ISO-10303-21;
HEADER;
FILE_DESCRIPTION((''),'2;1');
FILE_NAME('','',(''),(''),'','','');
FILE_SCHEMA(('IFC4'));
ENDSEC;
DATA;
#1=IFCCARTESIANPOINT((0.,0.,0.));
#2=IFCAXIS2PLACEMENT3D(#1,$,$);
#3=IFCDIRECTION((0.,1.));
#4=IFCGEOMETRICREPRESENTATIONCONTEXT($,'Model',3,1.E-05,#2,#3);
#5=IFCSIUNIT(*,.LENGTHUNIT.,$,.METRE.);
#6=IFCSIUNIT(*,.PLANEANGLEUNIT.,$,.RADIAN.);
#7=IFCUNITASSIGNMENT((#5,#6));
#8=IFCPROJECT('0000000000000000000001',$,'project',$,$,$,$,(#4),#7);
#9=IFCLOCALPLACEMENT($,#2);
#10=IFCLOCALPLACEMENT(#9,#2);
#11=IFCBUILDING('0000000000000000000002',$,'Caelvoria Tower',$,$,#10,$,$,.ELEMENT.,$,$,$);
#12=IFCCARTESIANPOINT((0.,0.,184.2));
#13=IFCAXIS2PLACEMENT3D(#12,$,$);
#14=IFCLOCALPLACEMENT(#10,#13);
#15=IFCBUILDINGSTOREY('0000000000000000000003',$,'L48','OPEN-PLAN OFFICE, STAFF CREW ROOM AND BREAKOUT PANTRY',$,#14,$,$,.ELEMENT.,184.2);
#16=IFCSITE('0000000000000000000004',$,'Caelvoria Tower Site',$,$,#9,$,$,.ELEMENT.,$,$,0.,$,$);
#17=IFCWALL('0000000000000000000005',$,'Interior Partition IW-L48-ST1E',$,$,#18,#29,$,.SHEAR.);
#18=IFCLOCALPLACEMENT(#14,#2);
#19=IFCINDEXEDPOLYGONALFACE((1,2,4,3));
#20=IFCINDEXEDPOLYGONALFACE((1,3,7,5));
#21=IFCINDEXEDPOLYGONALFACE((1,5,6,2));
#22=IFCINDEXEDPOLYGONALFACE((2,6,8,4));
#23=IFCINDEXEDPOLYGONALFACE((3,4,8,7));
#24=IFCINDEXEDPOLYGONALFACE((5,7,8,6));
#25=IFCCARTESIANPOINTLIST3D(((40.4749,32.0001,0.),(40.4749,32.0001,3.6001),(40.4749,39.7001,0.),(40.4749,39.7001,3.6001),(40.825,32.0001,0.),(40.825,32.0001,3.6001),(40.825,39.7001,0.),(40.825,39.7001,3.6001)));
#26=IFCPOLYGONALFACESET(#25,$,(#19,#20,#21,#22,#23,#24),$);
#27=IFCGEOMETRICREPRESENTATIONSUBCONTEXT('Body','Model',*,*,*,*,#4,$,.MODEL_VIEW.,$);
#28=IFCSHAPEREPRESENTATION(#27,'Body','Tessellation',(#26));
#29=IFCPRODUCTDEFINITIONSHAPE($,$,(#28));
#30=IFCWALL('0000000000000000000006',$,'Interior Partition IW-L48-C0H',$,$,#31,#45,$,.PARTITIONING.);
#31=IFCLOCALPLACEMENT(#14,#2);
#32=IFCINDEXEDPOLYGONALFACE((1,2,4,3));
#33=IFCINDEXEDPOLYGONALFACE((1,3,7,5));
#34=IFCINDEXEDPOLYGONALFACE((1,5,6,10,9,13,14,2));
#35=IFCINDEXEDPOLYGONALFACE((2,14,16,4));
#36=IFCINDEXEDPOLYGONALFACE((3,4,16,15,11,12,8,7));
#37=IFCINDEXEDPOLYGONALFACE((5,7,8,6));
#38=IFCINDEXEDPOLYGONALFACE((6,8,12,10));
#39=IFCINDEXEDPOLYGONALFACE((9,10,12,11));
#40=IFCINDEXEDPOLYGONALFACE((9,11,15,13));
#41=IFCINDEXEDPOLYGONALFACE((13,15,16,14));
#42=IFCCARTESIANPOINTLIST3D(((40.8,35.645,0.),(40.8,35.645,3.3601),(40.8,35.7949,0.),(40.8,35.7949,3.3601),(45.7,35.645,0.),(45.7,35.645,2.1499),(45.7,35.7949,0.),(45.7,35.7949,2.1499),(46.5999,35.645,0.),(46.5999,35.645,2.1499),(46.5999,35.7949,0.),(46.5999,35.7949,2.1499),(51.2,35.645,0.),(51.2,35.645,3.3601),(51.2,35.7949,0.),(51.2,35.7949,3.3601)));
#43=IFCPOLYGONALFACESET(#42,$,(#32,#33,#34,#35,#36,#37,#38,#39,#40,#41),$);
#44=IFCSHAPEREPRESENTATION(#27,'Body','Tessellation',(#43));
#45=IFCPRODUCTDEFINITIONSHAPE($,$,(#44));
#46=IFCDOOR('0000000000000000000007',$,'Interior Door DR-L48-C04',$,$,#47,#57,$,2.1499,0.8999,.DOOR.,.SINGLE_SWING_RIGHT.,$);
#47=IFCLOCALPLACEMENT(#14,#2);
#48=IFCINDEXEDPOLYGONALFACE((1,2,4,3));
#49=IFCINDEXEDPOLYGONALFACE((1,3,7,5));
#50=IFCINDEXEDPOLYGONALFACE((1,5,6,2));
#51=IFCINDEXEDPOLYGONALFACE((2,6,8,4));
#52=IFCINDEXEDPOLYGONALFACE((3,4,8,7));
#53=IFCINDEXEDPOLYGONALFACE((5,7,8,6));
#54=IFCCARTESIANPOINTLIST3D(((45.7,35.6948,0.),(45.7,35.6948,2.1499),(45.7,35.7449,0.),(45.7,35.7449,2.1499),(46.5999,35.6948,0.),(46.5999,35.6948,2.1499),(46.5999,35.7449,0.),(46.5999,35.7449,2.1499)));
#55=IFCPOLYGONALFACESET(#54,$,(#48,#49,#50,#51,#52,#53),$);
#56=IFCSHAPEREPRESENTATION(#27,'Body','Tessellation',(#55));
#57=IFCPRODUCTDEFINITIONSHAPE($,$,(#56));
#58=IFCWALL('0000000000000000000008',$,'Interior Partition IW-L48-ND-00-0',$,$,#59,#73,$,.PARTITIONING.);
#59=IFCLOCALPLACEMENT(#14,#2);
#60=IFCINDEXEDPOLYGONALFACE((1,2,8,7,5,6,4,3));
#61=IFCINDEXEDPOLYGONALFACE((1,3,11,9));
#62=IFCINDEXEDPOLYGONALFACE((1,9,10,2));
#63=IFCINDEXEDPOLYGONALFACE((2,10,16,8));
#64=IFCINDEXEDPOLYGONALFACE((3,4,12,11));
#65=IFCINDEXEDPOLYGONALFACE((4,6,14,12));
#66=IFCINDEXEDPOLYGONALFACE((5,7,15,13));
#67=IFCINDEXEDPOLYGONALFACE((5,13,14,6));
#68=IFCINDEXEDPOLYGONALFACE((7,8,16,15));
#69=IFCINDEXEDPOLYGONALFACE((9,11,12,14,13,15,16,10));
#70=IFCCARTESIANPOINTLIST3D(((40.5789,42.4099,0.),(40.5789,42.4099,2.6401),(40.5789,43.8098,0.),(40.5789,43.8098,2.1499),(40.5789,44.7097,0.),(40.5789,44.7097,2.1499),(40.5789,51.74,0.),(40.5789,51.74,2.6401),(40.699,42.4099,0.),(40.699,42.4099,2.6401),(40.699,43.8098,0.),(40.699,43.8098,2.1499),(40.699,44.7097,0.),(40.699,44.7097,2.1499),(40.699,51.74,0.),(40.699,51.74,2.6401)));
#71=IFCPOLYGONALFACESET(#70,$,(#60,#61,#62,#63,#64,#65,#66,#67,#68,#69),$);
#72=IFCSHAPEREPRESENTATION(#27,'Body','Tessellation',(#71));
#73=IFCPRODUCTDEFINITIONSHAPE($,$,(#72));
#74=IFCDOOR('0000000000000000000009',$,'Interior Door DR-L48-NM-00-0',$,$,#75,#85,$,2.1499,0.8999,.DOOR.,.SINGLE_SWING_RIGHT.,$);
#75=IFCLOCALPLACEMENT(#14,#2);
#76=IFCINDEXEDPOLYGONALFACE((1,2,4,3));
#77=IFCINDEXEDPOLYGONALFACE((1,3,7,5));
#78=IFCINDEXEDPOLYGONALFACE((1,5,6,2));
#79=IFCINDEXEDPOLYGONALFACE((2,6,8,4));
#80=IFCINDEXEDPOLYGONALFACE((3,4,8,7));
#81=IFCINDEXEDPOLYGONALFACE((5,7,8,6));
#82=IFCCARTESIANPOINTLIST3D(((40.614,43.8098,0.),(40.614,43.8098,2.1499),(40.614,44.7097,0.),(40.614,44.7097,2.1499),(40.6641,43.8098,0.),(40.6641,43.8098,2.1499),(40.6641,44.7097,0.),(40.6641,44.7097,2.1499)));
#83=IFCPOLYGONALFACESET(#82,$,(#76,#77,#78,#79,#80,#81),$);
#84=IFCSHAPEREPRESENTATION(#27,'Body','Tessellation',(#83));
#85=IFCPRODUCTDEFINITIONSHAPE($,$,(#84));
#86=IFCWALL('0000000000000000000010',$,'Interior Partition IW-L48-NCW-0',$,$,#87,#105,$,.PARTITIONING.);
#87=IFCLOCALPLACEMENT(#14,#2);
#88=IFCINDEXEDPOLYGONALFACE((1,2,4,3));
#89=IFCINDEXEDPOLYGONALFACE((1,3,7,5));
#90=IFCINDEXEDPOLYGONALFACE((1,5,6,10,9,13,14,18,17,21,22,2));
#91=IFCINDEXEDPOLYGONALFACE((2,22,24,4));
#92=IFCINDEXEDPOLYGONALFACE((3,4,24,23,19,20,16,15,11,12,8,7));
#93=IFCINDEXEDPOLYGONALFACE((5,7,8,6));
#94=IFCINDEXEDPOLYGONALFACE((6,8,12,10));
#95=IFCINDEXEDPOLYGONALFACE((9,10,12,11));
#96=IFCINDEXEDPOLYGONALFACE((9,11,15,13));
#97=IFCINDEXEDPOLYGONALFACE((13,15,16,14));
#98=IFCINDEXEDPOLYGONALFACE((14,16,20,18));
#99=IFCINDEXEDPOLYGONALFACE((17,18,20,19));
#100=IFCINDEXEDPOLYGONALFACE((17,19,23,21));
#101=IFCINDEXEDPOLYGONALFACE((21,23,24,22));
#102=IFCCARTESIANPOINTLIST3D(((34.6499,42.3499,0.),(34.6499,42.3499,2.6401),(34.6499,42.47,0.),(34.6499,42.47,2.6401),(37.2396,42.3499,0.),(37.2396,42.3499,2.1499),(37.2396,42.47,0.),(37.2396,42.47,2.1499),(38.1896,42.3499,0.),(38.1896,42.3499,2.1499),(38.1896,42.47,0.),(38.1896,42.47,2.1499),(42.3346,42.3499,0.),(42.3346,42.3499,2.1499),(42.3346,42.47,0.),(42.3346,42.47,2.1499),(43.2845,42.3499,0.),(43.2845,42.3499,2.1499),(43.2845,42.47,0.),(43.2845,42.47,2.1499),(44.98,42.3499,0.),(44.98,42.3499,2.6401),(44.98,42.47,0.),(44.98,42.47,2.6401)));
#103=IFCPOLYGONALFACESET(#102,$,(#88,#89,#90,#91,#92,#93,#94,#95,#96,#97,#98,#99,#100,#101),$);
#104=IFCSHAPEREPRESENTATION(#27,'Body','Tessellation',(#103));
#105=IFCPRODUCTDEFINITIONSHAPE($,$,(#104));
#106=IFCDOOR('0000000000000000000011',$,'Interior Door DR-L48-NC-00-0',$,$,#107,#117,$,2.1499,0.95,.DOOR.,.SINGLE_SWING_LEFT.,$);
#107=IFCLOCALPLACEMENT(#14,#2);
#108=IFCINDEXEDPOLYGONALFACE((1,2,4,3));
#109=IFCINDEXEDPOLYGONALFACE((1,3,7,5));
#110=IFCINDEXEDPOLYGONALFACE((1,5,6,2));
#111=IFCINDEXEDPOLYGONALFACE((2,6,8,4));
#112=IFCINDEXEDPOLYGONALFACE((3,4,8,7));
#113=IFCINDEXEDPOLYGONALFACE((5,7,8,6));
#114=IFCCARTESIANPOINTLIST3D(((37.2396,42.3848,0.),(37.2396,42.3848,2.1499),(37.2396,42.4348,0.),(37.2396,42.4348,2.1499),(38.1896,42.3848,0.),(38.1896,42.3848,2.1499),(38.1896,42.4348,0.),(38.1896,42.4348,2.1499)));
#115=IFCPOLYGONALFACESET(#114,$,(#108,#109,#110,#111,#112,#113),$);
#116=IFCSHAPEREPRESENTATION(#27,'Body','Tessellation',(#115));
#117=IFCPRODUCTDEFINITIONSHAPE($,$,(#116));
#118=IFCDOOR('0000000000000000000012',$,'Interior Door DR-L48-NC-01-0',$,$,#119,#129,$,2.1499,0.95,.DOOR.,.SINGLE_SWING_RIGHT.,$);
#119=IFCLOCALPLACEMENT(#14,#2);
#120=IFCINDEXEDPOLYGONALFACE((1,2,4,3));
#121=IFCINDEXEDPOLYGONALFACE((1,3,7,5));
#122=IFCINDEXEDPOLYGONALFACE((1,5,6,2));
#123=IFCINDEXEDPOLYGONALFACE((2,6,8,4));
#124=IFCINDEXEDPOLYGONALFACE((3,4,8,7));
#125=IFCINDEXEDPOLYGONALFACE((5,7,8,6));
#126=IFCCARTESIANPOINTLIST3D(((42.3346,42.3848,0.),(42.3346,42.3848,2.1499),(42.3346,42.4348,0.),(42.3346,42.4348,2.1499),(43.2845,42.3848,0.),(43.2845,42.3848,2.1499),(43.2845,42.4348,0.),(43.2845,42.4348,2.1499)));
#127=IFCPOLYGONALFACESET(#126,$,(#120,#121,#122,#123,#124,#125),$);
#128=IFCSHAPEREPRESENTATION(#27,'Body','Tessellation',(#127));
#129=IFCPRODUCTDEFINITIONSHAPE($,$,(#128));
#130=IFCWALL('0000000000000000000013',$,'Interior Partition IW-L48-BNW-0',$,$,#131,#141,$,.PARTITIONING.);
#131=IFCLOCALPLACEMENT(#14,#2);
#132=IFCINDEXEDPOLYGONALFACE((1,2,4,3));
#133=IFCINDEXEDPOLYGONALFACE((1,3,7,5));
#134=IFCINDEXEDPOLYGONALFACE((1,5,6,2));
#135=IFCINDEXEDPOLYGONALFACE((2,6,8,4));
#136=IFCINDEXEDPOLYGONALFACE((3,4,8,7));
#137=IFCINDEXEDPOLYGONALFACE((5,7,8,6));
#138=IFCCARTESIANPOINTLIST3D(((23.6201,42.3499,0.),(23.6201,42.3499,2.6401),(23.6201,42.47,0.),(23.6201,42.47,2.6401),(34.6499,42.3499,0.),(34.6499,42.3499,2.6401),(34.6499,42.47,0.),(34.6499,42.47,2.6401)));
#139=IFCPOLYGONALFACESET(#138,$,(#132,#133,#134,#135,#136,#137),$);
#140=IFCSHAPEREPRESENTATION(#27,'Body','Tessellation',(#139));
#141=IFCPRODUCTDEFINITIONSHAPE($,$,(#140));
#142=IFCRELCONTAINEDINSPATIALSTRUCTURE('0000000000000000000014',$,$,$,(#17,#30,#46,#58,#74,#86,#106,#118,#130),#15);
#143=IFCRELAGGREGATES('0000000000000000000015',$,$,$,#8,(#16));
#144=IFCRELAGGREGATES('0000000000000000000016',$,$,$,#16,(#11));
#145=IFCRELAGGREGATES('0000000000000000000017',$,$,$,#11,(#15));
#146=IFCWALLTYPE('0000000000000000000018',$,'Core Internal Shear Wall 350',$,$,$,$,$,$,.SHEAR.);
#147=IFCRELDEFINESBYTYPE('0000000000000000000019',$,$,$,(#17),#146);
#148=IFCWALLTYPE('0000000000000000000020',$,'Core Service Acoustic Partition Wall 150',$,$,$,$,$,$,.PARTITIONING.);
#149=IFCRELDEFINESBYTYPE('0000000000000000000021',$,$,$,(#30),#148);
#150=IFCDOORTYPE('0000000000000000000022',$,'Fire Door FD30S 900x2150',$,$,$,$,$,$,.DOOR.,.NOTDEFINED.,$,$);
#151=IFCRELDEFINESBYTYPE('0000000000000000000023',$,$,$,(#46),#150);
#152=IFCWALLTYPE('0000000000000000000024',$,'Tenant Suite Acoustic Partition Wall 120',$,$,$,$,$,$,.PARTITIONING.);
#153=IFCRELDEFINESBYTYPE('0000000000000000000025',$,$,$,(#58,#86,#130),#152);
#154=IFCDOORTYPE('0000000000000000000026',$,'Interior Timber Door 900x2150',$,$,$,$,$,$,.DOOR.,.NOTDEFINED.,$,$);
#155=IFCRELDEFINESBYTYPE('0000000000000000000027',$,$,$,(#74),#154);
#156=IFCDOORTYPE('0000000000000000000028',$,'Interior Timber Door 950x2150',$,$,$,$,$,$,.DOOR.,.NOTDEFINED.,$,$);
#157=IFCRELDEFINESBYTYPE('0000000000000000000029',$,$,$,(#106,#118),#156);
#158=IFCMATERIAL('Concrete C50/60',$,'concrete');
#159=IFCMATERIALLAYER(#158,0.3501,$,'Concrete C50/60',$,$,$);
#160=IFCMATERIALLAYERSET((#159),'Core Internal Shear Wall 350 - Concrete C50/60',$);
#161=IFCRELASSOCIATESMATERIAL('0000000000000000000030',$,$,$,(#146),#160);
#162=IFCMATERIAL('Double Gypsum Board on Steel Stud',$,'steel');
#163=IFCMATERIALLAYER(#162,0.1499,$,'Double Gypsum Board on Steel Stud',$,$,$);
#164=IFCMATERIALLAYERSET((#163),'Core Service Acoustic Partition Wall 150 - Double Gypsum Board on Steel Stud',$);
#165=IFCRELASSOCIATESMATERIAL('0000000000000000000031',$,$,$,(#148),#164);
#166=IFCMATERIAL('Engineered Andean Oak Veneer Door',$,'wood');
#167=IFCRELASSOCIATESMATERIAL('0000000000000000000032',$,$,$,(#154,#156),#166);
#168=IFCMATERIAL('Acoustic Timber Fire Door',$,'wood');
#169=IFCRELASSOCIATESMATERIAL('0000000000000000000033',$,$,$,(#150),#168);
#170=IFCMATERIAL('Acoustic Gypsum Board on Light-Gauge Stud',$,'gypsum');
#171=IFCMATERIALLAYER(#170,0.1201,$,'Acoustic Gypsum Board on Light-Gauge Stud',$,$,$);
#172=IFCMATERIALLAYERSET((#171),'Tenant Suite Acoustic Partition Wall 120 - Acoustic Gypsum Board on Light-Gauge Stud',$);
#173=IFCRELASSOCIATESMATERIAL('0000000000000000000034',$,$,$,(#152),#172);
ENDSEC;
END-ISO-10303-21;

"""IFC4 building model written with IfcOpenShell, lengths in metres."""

from ifc_helpers import new_model, si_unit, direction, frame, frame_2d, origin, place, context, subcontext, project, spatial, rectangle, extrude, material, layer, layer_set, type_object, element, fill, save


model = new_model("IFC4")

# Units and contexts
model_context = context("Model", 3, precision=1e-05, world=origin(), true_north=direction((0.0, 1.0)))
body_context = subcontext(model_context, "Body", "Model", "MODEL_VIEW")
ifc_project = project(units=[si_unit("LENGTHUNIT", "METRE"), si_unit("PLANEANGLEUNIT", "RADIAN")], contexts=[model_context])

# Site, building, storey
site_placement = place(None, origin())
site = spatial("IfcSite", under=ifc_project, at=site_placement, Name="Caelvoria Tower Site", CompositionType="ELEMENT", RefElevation=0.0)
building_placement = place(site_placement, origin())
building = spatial("IfcBuilding", under=site, at=building_placement, Name="Caelvoria Tower", CompositionType="ELEMENT")
storey_placement = place(building_placement, frame((0.0, 0.0, 184.2)))
storey = spatial("IfcBuildingStorey", under=building, at=storey_placement, Name="L48", Description="OPEN-PLAN OFFICE, STAFF CREW ROOM AND BREAKOUT PANTRY", CompositionType="ELEMENT", Elevation=184.2)

# Wall
ifc_material_1 = material(Name="Concrete C50/60", Category="concrete")
ifc_layer_1 = layer(ifc_material_1, 0.3501, Name="Concrete C50/60")
ifc_layer_set_1 = layer_set([ifc_layer_1], Name="Core Internal Shear Wall 350 - Concrete C50/60")
wall_type_1 = type_object("IfcWallType", Name="Core Internal Shear Wall 350", PredefinedType="SHEAR", material=ifc_layer_set_1)
wall_1_placement = place(storey_placement, frame((40.6499, 32.0, 0.0), z_axis=(0.0, 0.0, 1.0), x_axis=(0.0, 1.0, 0.0)))
element("IfcWall", 1, at=wall_1_placement, inside=storey, type_object=wall_type_1, Name="Interior Partition IW-L48-ST1E", PredefinedType="SHEAR", context=body_context, shape_type="SweptSolid", body=[
    extrude(rectangle(XDim=7.7, YDim=0.3501, at=frame_2d((3.8501, 0.0))), origin(), (0.0, 0.0, 1.0), 3.6001),
])

# Walls, openings, doors
ifc_material_2 = material(Name="Double Gypsum Board on Steel Stud", Category="steel")
ifc_layer_2 = layer(ifc_material_2, 0.1499, Name="Double Gypsum Board on Steel Stud")
ifc_layer_set_2 = layer_set([ifc_layer_2], Name="Core Service Acoustic Partition Wall 150 - Double Gypsum Board on Steel Stud")
wall_type_2 = type_object("IfcWallType", Name="Core Service Acoustic Partition Wall 150", PredefinedType="PARTITIONING", material=ifc_layer_set_2)
ifc_material_3 = material(Name="Engineered Andean Oak Veneer Door", Category="wood")
door_type_1 = type_object("IfcDoorType", Name="Interior Timber Door 900x2150", OperationType="NOTDEFINED", PredefinedType="DOOR", material=ifc_material_3)
wall_2_placement = place(storey_placement, frame((40.8, 35.72, 0.0), z_axis=(0.0, 0.0, 1.0), x_axis=(1.0, 0.0, 0.0)))
wall_2 = element("IfcWall", 2, at=wall_2_placement, inside=storey, type_object=wall_type_2, Name="Interior Partition IW-L48-C0H", PredefinedType="PARTITIONING", context=body_context, shape_type="SweptSolid", body=[
    extrude(rectangle(XDim=10.3999, YDim=0.1499, at=frame_2d((5.2, 0.0))), origin(), (0.0, 0.0, 1.0), 3.3601),
])
opening_1_placement = place(wall_2_placement, frame((4.8999, 0.0, 0.0)))
opening_1 = element("IfcOpeningElement", 3, at=opening_1_placement, cuts=wall_2, PredefinedType="OPENING", context=body_context, shape_type="SweptSolid", body=[
    extrude(rectangle(XDim=0.8999, YDim=2.1499, at=frame_2d((0.45, 1.075))), frame((0.0, 0.085, 0.0), z_axis=(0.0, -1.0, 0.0), x_axis=(1.0, 0.0, 0.0)), (0.0, 0.0, 1.0), 0.1699),
])
ifc_material_4 = material(Name="Acoustic Timber Fire Door", Category="wood")
door_type_2 = type_object("IfcDoorType", Name="Fire Door FD30S 900x2150", OperationType="NOTDEFINED", PredefinedType="DOOR", material=ifc_material_4)
door_1_placement = place(opening_1_placement, origin())
door_1 = element("IfcDoor", 4, at=door_1_placement, inside=storey, type_object=door_type_2, Name="Interior Door DR-L48-C04", OperationType="SINGLE_SWING_RIGHT", OverallHeight=2.1499, OverallWidth=0.8999, PredefinedType="DOOR", context=body_context, shape_type="SweptSolid", body=[
    extrude(rectangle(XDim=0.8999, YDim=2.1499, at=frame_2d((0.45, 1.075))), frame((0.0, 0.0249, 0.0), z_axis=(0.0, -1.0, 0.0), x_axis=(1.0, 0.0, 0.0)), (0.0, 0.0, 1.0), 0.05),
])
fill(opening_1, door_1)
ifc_material_5 = material(Name="Acoustic Gypsum Board on Light-Gauge Stud", Category="gypsum")
ifc_layer_3 = layer(ifc_material_5, 0.1201, Name="Acoustic Gypsum Board on Light-Gauge Stud")
ifc_layer_set_3 = layer_set([ifc_layer_3], Name="Tenant Suite Acoustic Partition Wall 120 - Acoustic Gypsum Board on Light-Gauge Stud")
wall_type_3 = type_object("IfcWallType", Name="Tenant Suite Acoustic Partition Wall 120", PredefinedType="PARTITIONING", material=ifc_layer_set_3)
wall_3_placement = place(storey_placement, frame((40.6389, 42.4099, 0.0), z_axis=(0.0, 0.0, 1.0), x_axis=(0.0, 1.0, 0.0)))
wall_3 = element("IfcWall", 5, at=wall_3_placement, inside=storey, type_object=wall_type_3, Name="Interior Partition IW-L48-ND-00-0", PredefinedType="PARTITIONING", context=body_context, shape_type="SweptSolid", body=[
    extrude(rectangle(XDim=9.3301, YDim=0.1201, at=frame_2d((4.665, 0.0))), origin(), (0.0, 0.0, 1.0), 2.6401),
])
opening_2_placement = place(wall_3_placement, frame((1.3999, 0.0, 0.0)))
opening_2 = element("IfcOpeningElement", 6, at=opening_2_placement, cuts=wall_3, PredefinedType="OPENING", context=body_context, shape_type="SweptSolid", body=[
    extrude(rectangle(XDim=0.8999, YDim=2.1499, at=frame_2d((0.45, 1.075))), frame((0.0, 0.0701, 0.0), z_axis=(0.0, -1.0, 0.0), x_axis=(1.0, 0.0, 0.0)), (0.0, 0.0, 1.0), 0.1401),
])
door_2_placement = place(opening_2_placement, origin())
door_2 = element("IfcDoor", 7, at=door_2_placement, inside=storey, type_object=door_type_1, Name="Interior Door DR-L48-NM-00-0", OperationType="SINGLE_SWING_RIGHT", OverallHeight=2.1499, OverallWidth=0.8999, PredefinedType="DOOR", context=body_context, shape_type="SweptSolid", body=[
    extrude(rectangle(XDim=0.8999, YDim=2.1499, at=frame_2d((0.45, 1.075))), frame((0.0, 0.0249, 0.0), z_axis=(0.0, -1.0, 0.0), x_axis=(1.0, 0.0, 0.0)), (0.0, 0.0, 1.0), 0.05),
])
fill(opening_2, door_2)

# Wall, openings, doors
wall_4_placement = place(storey_placement, frame((34.6499, 42.4099, 0.0), z_axis=(0.0, 0.0, 1.0), x_axis=(1.0, 0.0, 0.0)))
wall_4 = element("IfcWall", 8, at=wall_4_placement, inside=storey, type_object=wall_type_3, Name="Interior Partition IW-L48-NCW-0", PredefinedType="PARTITIONING", context=body_context, shape_type="SweptSolid", body=[
    extrude(rectangle(XDim=10.3301, YDim=0.1201, at=frame_2d((5.165, 0.0))), origin(), (0.0, 0.0, 1.0), 2.6401),
])
opening_3_placement = place(wall_4_placement, frame((2.5896, 0.0, 0.0)))
opening_3 = element("IfcOpeningElement", 9, at=opening_3_placement, cuts=wall_4, PredefinedType="OPENING", context=body_context, shape_type="SweptSolid", body=[
    extrude(rectangle(XDim=0.95, YDim=2.1499, at=frame_2d((0.4751, 1.075))), frame((0.0, 0.0701, 0.0), z_axis=(0.0, -1.0, 0.0), x_axis=(1.0, 0.0, 0.0)), (0.0, 0.0, 1.0), 0.1401),
])
opening_4_placement = place(wall_4_placement, frame((7.6846, 0.0, 0.0)))
opening_4 = element("IfcOpeningElement", 10, at=opening_4_placement, cuts=wall_4, PredefinedType="OPENING", context=body_context, shape_type="SweptSolid", body=[
    extrude(rectangle(XDim=0.95, YDim=2.1499, at=frame_2d((0.4751, 1.075))), frame((0.0, 0.0701, 0.0), z_axis=(0.0, -1.0, 0.0), x_axis=(1.0, 0.0, 0.0)), (0.0, 0.0, 1.0), 0.1401),
])
door_type_3 = type_object("IfcDoorType", Name="Interior Timber Door 950x2150", OperationType="NOTDEFINED", PredefinedType="DOOR", material=ifc_material_3)
door_3_placement = place(opening_3_placement, origin())
door_3 = element("IfcDoor", 11, at=door_3_placement, inside=storey, type_object=door_type_3, Name="Interior Door DR-L48-NC-00-0", OperationType="SINGLE_SWING_LEFT", OverallHeight=2.1499, OverallWidth=0.95, PredefinedType="DOOR", context=body_context, shape_type="SweptSolid", body=[
    extrude(rectangle(XDim=0.95, YDim=2.1499, at=frame_2d((0.4751, 1.075))), frame((0.0, 0.0249, 0.0), z_axis=(0.0, -1.0, 0.0), x_axis=(1.0, 0.0, 0.0)), (0.0, 0.0, 1.0), 0.05),
])
fill(opening_3, door_3)
door_4_placement = place(opening_4_placement, origin())
door_4 = element("IfcDoor", 12, at=door_4_placement, inside=storey, type_object=door_type_3, Name="Interior Door DR-L48-NC-01-0", OperationType="SINGLE_SWING_RIGHT", OverallHeight=2.1499, OverallWidth=0.95, PredefinedType="DOOR", context=body_context, shape_type="SweptSolid", body=[
    extrude(rectangle(XDim=0.95, YDim=2.1499, at=frame_2d((0.4751, 1.075))), frame((0.0, 0.0249, 0.0), z_axis=(0.0, -1.0, 0.0), x_axis=(1.0, 0.0, 0.0)), (0.0, 0.0, 1.0), 0.05),
])
fill(opening_4, door_4)

# Wall
wall_5_placement = place(storey_placement, frame((34.6499, 42.4099, 0.0), z_axis=(0.0, 0.0, 1.0), x_axis=(-1.0, 0.0, 0.0)))
element("IfcWall", 13, at=wall_5_placement, inside=storey, type_object=wall_type_3, Name="Interior Partition IW-L48-BNW-0", PredefinedType="PARTITIONING", context=body_context, shape_type="SweptSolid", body=[
    extrude(rectangle(XDim=11.0298, YDim=0.1201, at=frame_2d((5.5149, 0.0))), origin(), (0.0, 0.0, 1.0), 2.6401),
])

save(model, "model.ifc")
